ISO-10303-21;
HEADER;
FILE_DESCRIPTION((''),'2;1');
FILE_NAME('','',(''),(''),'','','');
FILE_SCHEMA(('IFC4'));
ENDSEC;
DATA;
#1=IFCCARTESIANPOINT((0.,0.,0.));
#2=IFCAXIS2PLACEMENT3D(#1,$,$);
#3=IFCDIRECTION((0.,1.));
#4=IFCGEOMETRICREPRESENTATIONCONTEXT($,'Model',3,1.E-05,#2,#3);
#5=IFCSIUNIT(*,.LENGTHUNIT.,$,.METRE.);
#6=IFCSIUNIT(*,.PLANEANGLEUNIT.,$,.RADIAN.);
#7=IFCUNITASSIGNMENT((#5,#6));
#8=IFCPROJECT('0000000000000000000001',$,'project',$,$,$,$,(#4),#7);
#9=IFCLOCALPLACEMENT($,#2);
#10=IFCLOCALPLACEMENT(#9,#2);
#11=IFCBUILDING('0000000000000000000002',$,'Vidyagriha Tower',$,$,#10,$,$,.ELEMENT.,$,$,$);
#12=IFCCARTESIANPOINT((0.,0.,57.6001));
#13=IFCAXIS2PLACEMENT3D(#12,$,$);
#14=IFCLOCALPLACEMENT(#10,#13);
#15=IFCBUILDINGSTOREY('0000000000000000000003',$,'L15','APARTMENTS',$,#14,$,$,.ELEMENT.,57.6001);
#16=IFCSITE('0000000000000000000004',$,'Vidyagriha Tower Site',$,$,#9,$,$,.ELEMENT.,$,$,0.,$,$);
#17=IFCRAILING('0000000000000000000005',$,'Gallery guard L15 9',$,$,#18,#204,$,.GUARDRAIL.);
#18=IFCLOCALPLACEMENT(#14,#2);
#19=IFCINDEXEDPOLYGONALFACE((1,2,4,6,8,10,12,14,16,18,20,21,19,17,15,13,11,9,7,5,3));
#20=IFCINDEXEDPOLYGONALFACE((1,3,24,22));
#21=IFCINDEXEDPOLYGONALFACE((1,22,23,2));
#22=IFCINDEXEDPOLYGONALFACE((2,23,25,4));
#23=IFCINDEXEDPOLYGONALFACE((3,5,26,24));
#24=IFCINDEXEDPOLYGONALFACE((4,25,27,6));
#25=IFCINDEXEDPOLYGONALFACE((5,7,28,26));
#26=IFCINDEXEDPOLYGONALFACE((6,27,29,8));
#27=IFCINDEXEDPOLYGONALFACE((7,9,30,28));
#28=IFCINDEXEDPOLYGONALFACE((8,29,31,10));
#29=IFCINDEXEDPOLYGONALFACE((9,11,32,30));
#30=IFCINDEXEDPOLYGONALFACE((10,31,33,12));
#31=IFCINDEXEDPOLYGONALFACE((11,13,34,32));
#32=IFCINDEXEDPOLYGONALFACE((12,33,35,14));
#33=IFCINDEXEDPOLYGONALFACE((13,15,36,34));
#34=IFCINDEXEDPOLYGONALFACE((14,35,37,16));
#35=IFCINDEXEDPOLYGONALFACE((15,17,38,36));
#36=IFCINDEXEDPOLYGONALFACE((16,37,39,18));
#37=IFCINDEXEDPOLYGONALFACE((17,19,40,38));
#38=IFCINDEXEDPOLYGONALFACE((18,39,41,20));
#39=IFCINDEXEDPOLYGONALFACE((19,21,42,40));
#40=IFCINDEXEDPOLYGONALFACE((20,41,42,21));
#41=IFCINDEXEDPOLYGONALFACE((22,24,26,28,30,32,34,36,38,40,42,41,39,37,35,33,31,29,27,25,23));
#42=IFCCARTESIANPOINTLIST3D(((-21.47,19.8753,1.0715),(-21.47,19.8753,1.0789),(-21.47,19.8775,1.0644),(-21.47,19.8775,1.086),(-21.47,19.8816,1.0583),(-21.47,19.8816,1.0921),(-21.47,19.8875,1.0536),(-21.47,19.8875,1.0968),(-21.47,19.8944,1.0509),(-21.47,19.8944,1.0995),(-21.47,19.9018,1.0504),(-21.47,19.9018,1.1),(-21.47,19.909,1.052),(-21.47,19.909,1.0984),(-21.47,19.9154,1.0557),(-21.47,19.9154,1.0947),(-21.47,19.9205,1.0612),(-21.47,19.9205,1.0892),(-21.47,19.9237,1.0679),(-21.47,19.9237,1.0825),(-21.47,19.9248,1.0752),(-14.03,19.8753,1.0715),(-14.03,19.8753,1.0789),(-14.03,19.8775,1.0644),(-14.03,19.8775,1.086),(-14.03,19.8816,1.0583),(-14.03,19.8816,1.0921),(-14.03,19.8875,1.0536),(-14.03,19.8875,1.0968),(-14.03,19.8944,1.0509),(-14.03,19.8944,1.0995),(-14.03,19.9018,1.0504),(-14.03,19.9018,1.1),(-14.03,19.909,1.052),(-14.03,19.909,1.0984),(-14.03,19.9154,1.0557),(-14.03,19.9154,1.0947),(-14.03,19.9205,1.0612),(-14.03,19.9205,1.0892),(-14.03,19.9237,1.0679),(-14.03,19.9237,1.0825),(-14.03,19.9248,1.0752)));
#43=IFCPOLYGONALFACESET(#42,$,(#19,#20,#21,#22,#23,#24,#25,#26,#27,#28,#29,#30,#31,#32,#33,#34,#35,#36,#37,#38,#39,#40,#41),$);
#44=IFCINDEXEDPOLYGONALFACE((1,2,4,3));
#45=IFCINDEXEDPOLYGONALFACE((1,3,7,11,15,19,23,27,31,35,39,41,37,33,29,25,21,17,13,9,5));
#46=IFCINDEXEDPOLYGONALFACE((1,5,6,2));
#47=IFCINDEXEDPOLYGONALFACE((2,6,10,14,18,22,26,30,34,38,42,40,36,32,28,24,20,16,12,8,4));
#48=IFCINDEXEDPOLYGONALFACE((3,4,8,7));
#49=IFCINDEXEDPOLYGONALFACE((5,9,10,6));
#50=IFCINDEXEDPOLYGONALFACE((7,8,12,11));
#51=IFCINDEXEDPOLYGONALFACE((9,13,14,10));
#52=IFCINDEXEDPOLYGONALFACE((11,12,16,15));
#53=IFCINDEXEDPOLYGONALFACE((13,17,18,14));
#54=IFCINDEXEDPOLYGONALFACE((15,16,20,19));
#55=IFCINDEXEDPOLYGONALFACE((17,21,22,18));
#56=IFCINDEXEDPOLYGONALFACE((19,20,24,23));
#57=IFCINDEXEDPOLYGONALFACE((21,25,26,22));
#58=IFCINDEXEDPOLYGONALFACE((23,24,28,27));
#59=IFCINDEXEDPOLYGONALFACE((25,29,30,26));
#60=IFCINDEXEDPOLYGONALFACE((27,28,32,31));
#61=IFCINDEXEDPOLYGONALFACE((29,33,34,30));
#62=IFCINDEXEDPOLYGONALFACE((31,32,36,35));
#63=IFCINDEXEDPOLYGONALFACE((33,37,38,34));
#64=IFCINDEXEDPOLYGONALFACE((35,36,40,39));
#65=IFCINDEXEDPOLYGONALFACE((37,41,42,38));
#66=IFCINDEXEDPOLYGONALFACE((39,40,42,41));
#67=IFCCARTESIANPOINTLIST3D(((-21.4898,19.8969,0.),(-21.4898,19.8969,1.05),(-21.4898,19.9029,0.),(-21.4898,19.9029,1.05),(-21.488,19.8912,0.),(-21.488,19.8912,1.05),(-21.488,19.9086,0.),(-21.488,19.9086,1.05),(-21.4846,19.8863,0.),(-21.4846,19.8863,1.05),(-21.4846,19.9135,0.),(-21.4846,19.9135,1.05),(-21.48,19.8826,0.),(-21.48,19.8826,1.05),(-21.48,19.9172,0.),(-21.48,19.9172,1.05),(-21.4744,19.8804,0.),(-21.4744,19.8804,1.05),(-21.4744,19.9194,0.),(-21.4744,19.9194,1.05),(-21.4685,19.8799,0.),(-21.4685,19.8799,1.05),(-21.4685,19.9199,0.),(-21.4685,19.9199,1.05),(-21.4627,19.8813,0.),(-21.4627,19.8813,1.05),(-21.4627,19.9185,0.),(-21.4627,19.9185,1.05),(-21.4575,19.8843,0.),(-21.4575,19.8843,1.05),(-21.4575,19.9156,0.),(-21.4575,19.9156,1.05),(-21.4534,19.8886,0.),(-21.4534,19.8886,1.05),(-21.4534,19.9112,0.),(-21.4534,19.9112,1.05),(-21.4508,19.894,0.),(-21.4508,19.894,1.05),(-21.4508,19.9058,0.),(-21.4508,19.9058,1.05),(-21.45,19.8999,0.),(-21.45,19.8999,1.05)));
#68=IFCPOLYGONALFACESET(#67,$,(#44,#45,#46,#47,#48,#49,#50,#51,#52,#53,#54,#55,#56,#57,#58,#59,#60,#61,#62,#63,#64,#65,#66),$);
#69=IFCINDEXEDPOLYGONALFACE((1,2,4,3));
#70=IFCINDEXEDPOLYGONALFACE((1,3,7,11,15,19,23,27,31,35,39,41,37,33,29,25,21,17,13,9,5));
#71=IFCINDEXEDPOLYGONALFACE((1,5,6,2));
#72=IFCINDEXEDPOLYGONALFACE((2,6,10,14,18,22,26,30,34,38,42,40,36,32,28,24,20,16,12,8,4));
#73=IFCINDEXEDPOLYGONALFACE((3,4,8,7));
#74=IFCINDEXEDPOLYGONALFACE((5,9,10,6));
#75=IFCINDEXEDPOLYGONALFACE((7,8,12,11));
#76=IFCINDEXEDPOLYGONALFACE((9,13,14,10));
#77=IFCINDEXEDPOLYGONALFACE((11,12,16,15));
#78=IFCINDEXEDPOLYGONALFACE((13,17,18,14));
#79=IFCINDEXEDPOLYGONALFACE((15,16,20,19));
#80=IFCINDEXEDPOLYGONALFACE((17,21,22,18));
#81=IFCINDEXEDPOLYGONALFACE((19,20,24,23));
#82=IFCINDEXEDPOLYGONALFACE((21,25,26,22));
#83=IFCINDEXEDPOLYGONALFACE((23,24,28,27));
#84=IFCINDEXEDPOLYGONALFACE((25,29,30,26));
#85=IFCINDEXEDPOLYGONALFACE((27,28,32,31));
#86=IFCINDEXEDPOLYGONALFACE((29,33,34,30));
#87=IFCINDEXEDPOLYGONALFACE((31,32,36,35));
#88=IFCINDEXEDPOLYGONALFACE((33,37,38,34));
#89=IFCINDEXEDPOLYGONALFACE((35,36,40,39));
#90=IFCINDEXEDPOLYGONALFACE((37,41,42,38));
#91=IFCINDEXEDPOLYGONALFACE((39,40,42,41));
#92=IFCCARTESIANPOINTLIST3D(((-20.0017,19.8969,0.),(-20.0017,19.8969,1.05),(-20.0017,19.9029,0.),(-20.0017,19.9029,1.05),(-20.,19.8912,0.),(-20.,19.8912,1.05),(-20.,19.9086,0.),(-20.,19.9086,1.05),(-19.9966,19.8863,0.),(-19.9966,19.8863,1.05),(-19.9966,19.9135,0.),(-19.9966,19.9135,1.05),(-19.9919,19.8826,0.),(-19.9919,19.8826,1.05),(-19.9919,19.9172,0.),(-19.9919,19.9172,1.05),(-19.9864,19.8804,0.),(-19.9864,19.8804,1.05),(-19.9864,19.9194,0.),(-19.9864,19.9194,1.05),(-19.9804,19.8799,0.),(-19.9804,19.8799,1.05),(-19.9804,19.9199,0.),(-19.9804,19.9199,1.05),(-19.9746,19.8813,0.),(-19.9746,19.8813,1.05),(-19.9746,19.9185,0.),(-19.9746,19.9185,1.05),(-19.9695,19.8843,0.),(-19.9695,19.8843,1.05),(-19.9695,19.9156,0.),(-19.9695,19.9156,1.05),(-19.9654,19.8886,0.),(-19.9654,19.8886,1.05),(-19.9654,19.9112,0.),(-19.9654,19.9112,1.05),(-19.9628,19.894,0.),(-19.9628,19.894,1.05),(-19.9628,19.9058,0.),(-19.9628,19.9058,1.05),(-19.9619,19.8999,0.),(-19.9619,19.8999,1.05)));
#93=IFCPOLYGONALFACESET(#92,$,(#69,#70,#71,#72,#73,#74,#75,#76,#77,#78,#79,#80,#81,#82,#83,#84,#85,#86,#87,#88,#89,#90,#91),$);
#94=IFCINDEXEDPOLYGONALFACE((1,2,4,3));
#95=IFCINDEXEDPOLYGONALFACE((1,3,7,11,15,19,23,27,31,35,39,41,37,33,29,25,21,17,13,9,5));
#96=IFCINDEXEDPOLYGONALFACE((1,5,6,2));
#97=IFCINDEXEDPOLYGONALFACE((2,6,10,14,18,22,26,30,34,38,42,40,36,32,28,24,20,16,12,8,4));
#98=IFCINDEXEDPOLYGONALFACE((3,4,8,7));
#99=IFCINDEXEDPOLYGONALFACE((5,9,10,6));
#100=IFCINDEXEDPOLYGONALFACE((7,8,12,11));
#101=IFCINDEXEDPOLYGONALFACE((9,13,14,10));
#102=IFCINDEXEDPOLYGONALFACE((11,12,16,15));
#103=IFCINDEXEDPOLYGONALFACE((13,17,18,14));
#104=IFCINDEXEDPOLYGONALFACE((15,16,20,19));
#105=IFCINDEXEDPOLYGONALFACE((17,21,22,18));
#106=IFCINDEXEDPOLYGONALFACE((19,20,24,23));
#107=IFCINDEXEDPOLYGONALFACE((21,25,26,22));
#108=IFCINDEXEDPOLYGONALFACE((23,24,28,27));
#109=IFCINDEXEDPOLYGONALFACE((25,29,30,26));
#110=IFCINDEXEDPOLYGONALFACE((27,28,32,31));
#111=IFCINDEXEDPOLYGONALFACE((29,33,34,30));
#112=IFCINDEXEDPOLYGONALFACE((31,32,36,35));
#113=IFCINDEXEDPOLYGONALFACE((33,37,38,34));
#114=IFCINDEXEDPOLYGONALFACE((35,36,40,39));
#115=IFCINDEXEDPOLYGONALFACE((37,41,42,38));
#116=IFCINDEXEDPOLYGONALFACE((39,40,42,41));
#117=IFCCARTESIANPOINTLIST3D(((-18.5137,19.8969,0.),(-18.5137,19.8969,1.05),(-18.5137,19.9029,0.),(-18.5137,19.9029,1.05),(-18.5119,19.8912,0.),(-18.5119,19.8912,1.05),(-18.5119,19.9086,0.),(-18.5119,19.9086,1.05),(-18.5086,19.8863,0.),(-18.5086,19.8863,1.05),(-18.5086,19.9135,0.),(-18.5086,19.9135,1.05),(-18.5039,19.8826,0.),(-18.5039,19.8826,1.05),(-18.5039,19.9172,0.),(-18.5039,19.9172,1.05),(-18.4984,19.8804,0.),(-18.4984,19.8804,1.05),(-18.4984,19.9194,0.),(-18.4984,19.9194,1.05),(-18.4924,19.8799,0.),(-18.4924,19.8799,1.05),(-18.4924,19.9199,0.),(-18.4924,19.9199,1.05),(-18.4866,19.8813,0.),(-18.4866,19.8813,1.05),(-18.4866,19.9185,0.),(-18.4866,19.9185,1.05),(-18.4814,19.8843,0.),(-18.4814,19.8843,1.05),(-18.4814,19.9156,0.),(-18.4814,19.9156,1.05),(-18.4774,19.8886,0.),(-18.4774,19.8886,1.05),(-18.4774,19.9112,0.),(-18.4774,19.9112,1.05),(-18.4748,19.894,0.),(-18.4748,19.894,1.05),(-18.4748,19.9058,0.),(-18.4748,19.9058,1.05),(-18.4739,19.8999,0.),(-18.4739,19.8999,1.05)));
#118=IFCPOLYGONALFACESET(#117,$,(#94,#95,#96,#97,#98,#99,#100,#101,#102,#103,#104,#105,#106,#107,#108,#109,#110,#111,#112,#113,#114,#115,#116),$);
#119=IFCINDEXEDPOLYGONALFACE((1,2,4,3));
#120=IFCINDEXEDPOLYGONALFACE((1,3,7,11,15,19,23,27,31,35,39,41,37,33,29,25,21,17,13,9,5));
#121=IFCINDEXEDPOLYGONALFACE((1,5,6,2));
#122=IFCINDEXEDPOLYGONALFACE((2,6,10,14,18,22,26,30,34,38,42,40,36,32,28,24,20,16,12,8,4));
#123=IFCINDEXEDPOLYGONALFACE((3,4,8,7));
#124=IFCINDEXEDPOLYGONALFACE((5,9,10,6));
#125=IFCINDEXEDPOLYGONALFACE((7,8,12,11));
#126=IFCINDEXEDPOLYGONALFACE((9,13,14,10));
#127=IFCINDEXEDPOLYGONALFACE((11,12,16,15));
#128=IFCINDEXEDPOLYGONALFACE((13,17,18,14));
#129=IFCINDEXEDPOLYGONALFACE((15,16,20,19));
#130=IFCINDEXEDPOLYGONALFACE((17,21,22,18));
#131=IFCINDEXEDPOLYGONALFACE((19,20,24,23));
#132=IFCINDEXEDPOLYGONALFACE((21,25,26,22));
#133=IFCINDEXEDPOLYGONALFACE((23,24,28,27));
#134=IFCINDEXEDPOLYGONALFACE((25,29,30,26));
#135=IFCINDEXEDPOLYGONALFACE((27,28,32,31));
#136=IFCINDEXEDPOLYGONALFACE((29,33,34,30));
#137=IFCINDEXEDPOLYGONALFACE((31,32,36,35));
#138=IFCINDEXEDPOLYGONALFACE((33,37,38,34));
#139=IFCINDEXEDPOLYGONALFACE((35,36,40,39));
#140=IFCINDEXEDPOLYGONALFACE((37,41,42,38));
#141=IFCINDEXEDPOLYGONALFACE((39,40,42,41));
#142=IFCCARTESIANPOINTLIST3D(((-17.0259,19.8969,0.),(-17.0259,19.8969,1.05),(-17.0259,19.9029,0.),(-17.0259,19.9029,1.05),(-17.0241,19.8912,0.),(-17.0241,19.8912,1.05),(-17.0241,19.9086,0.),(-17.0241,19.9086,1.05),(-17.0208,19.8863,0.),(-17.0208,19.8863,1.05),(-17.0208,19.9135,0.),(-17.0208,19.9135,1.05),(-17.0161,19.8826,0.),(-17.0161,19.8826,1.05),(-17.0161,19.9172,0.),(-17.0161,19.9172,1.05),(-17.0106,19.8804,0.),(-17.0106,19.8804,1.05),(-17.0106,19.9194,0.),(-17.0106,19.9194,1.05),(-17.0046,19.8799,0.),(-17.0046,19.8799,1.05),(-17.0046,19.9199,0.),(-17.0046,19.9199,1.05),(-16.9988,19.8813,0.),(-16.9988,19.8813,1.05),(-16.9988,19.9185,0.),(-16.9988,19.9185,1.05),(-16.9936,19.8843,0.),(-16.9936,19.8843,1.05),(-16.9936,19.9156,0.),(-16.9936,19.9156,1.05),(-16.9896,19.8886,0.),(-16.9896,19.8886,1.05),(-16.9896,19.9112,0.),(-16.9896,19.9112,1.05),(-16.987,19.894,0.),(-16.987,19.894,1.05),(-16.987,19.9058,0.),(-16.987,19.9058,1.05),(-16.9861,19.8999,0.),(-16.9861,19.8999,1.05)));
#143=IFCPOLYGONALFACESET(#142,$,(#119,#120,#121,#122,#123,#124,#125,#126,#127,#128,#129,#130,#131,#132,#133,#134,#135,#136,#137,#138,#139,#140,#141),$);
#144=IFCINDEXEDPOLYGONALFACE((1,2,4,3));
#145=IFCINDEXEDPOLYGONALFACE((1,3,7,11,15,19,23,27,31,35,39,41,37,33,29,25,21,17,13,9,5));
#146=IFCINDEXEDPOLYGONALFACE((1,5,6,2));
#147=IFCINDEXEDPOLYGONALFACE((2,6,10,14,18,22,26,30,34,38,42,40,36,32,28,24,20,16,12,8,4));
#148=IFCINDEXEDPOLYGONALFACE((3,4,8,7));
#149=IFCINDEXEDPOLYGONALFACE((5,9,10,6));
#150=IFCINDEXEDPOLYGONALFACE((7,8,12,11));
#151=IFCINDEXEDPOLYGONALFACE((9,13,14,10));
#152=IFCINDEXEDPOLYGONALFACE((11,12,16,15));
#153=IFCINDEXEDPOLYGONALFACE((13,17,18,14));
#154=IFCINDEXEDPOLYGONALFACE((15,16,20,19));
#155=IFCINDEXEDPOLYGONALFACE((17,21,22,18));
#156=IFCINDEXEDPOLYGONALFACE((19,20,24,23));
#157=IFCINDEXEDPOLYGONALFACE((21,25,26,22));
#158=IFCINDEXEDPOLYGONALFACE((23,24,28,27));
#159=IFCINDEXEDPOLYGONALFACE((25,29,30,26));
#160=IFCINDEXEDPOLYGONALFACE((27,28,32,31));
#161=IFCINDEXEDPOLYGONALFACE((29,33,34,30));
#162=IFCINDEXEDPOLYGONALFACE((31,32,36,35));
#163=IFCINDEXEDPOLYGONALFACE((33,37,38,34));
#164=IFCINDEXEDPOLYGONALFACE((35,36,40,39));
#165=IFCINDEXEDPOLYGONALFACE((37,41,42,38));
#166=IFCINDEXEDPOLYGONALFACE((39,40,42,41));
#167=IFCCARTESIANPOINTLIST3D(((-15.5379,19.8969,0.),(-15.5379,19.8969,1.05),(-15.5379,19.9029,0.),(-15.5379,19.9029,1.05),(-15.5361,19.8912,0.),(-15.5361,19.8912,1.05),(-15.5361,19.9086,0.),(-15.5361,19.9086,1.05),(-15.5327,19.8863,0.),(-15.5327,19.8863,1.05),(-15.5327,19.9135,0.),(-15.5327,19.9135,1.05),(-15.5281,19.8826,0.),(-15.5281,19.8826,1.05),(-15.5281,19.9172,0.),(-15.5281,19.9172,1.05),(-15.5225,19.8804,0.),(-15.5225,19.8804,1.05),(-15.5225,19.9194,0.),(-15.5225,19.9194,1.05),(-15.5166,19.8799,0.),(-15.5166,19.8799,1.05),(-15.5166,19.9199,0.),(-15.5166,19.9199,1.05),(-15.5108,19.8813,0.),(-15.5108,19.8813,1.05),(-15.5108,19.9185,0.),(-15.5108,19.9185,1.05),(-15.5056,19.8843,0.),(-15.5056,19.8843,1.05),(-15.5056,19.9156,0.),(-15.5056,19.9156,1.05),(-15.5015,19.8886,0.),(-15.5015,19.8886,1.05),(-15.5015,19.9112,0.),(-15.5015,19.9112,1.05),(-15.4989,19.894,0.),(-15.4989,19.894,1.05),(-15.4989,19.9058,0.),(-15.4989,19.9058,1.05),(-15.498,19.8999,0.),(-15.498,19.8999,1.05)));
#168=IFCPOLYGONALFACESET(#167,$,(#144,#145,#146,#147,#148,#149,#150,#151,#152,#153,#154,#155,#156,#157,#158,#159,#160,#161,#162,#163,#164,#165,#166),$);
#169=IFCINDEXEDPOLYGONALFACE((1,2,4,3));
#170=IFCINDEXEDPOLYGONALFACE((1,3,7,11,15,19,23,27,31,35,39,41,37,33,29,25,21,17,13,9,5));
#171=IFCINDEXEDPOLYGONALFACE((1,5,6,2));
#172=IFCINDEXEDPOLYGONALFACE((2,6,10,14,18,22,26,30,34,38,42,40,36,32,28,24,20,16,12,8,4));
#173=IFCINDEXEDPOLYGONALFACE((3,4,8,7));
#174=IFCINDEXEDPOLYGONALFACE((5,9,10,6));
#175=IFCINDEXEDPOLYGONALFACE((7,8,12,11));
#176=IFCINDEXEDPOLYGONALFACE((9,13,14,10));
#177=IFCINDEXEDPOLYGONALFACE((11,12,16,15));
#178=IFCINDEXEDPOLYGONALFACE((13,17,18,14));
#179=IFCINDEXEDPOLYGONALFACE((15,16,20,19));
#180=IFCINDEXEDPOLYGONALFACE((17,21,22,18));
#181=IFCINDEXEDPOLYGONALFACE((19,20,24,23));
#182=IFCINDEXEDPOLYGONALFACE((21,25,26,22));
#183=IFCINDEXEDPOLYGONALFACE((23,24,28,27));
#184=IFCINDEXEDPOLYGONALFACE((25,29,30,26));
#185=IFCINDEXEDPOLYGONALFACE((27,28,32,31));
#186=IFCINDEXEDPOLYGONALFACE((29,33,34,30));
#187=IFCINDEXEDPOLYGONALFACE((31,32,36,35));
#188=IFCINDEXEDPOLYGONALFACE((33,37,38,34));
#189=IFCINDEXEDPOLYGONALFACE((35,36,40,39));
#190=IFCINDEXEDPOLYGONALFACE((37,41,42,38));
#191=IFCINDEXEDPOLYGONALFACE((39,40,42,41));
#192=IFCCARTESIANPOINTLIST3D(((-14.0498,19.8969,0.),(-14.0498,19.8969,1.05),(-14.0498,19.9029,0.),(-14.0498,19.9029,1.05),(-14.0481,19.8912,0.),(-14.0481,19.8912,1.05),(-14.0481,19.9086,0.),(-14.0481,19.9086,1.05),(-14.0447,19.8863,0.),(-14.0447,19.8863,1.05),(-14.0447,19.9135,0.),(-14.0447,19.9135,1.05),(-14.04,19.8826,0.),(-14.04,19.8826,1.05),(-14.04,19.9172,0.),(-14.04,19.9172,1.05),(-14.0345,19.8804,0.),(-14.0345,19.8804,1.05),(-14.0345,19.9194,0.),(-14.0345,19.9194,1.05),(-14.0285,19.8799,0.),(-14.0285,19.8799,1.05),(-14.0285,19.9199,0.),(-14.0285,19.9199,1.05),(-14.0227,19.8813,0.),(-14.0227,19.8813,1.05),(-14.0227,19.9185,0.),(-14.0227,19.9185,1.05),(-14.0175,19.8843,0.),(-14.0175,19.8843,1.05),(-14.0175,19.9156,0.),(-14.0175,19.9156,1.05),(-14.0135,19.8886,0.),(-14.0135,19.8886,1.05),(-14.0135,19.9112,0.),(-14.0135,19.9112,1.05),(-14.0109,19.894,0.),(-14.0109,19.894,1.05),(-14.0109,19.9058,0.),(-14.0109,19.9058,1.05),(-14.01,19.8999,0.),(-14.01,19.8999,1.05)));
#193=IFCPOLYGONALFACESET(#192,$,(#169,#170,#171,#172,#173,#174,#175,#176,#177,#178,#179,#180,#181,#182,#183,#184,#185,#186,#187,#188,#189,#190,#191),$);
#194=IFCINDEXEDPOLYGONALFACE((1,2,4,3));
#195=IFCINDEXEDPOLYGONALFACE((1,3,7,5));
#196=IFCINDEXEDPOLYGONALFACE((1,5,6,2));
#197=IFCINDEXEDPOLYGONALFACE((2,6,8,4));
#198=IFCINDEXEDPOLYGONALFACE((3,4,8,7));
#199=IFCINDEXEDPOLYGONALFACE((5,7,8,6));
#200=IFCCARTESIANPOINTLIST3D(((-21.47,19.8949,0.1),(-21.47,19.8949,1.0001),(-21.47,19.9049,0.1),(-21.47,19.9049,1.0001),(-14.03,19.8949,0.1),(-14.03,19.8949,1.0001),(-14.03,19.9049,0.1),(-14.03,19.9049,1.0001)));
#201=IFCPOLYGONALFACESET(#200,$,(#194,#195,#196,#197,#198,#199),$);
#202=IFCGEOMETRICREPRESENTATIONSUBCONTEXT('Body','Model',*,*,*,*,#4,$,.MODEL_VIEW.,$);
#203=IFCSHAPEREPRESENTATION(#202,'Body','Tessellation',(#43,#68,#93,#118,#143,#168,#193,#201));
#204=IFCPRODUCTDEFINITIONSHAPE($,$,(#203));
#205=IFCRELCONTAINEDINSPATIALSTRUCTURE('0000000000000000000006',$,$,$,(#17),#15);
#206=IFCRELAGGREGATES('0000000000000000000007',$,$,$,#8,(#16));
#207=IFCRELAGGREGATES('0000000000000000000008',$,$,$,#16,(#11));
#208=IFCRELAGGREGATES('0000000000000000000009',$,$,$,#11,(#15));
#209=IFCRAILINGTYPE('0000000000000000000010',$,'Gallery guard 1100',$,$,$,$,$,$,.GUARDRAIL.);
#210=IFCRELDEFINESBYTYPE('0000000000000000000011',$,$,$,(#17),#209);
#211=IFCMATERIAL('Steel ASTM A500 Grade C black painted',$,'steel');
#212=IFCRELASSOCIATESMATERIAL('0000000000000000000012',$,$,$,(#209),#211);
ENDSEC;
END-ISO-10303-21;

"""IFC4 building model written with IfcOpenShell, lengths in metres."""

from ifc_helpers import new_model, si_unit, direction, frame, origin, origin_2d, place, context, subcontext, project, spatial, rectangle, circle, extrude, material, type_object, element, save


model = new_model("IFC4")

# Units and contexts
model_context = context("Model", 3, precision=1e-05, world=origin(), true_north=direction((0.0, 1.0)))
body_context = subcontext(model_context, "Body", "Model", "MODEL_VIEW")
ifc_project = project(units=[si_unit("LENGTHUNIT", "METRE"), si_unit("PLANEANGLEUNIT", "RADIAN")], contexts=[model_context])

# Site, building, storey
site_placement = place(None, origin())
site = spatial("IfcSite", under=ifc_project, at=site_placement, Name="Vidyagriha Tower Site", CompositionType="ELEMENT", RefElevation=0.0)
building_placement = place(site_placement, origin())
building = spatial("IfcBuilding", under=site, at=building_placement, Name="Vidyagriha Tower", CompositionType="ELEMENT")
storey_placement = place(building_placement, frame((0.0, 0.0, 57.6001)))
storey = spatial("IfcBuildingStorey", under=building, at=storey_placement, Name="L15", Description="APARTMENTS", CompositionType="ELEMENT", Elevation=57.6001)

# Railing
ifc_material_1 = material(Name="Steel ASTM A500 Grade C black painted", Category="steel")
railing_type = type_object("IfcRailingType", Name="Gallery guard 1100", PredefinedType="GUARDRAIL", material=ifc_material_1)
railing_placement = place(storey_placement, frame((-21.47, 19.8999, 0.0)))
element("IfcRailing", 1, at=railing_placement, inside=storey, type_object=railing_type, Name="Gallery guard L15 9", PredefinedType="GUARDRAIL", context=body_context, shape_type="SweptSolid", body=[
    extrude(circle(Radius=0.0249, at=origin_2d()), frame((0.0, 0.0, 1.0752), z_axis=(1.0, 0.0, 0.0), x_axis=(0.0, 1.0, 0.0)), (0.0, 0.0, 1.0), 7.4399),
    extrude(circle(Radius=0.02, at=origin_2d()), origin(), (0.0, 0.0, 1.0), 1.05),
    extrude(circle(Radius=0.02, at=origin_2d()), frame((1.488, 0.0, 0.0)), (0.0, 0.0, 1.0), 1.05),
    extrude(circle(Radius=0.02, at=origin_2d()), frame((2.9761, 0.0, 0.0)), (0.0, 0.0, 1.0), 1.05),
    extrude(circle(Radius=0.02, at=origin_2d()), frame((4.4639, 0.0, 0.0)), (0.0, 0.0, 1.0), 1.05),
    extrude(circle(Radius=0.02, at=origin_2d()), frame((5.9519, 0.0, 0.0)), (0.0, 0.0, 1.0), 1.05),
    extrude(circle(Radius=0.02, at=origin_2d()), frame((7.4399, 0.0, 0.0)), (0.0, 0.0, 1.0), 1.05),
    extrude(rectangle(XDim=0.01, YDim=0.9001, at=origin_2d()), frame((0.0, 0.0, 0.55), z_axis=(1.0, 0.0, 0.0), x_axis=(0.0, 1.0, 0.0)), (0.0, 0.0, 1.0), 7.4399),
])

save(model, "model.ifc")
